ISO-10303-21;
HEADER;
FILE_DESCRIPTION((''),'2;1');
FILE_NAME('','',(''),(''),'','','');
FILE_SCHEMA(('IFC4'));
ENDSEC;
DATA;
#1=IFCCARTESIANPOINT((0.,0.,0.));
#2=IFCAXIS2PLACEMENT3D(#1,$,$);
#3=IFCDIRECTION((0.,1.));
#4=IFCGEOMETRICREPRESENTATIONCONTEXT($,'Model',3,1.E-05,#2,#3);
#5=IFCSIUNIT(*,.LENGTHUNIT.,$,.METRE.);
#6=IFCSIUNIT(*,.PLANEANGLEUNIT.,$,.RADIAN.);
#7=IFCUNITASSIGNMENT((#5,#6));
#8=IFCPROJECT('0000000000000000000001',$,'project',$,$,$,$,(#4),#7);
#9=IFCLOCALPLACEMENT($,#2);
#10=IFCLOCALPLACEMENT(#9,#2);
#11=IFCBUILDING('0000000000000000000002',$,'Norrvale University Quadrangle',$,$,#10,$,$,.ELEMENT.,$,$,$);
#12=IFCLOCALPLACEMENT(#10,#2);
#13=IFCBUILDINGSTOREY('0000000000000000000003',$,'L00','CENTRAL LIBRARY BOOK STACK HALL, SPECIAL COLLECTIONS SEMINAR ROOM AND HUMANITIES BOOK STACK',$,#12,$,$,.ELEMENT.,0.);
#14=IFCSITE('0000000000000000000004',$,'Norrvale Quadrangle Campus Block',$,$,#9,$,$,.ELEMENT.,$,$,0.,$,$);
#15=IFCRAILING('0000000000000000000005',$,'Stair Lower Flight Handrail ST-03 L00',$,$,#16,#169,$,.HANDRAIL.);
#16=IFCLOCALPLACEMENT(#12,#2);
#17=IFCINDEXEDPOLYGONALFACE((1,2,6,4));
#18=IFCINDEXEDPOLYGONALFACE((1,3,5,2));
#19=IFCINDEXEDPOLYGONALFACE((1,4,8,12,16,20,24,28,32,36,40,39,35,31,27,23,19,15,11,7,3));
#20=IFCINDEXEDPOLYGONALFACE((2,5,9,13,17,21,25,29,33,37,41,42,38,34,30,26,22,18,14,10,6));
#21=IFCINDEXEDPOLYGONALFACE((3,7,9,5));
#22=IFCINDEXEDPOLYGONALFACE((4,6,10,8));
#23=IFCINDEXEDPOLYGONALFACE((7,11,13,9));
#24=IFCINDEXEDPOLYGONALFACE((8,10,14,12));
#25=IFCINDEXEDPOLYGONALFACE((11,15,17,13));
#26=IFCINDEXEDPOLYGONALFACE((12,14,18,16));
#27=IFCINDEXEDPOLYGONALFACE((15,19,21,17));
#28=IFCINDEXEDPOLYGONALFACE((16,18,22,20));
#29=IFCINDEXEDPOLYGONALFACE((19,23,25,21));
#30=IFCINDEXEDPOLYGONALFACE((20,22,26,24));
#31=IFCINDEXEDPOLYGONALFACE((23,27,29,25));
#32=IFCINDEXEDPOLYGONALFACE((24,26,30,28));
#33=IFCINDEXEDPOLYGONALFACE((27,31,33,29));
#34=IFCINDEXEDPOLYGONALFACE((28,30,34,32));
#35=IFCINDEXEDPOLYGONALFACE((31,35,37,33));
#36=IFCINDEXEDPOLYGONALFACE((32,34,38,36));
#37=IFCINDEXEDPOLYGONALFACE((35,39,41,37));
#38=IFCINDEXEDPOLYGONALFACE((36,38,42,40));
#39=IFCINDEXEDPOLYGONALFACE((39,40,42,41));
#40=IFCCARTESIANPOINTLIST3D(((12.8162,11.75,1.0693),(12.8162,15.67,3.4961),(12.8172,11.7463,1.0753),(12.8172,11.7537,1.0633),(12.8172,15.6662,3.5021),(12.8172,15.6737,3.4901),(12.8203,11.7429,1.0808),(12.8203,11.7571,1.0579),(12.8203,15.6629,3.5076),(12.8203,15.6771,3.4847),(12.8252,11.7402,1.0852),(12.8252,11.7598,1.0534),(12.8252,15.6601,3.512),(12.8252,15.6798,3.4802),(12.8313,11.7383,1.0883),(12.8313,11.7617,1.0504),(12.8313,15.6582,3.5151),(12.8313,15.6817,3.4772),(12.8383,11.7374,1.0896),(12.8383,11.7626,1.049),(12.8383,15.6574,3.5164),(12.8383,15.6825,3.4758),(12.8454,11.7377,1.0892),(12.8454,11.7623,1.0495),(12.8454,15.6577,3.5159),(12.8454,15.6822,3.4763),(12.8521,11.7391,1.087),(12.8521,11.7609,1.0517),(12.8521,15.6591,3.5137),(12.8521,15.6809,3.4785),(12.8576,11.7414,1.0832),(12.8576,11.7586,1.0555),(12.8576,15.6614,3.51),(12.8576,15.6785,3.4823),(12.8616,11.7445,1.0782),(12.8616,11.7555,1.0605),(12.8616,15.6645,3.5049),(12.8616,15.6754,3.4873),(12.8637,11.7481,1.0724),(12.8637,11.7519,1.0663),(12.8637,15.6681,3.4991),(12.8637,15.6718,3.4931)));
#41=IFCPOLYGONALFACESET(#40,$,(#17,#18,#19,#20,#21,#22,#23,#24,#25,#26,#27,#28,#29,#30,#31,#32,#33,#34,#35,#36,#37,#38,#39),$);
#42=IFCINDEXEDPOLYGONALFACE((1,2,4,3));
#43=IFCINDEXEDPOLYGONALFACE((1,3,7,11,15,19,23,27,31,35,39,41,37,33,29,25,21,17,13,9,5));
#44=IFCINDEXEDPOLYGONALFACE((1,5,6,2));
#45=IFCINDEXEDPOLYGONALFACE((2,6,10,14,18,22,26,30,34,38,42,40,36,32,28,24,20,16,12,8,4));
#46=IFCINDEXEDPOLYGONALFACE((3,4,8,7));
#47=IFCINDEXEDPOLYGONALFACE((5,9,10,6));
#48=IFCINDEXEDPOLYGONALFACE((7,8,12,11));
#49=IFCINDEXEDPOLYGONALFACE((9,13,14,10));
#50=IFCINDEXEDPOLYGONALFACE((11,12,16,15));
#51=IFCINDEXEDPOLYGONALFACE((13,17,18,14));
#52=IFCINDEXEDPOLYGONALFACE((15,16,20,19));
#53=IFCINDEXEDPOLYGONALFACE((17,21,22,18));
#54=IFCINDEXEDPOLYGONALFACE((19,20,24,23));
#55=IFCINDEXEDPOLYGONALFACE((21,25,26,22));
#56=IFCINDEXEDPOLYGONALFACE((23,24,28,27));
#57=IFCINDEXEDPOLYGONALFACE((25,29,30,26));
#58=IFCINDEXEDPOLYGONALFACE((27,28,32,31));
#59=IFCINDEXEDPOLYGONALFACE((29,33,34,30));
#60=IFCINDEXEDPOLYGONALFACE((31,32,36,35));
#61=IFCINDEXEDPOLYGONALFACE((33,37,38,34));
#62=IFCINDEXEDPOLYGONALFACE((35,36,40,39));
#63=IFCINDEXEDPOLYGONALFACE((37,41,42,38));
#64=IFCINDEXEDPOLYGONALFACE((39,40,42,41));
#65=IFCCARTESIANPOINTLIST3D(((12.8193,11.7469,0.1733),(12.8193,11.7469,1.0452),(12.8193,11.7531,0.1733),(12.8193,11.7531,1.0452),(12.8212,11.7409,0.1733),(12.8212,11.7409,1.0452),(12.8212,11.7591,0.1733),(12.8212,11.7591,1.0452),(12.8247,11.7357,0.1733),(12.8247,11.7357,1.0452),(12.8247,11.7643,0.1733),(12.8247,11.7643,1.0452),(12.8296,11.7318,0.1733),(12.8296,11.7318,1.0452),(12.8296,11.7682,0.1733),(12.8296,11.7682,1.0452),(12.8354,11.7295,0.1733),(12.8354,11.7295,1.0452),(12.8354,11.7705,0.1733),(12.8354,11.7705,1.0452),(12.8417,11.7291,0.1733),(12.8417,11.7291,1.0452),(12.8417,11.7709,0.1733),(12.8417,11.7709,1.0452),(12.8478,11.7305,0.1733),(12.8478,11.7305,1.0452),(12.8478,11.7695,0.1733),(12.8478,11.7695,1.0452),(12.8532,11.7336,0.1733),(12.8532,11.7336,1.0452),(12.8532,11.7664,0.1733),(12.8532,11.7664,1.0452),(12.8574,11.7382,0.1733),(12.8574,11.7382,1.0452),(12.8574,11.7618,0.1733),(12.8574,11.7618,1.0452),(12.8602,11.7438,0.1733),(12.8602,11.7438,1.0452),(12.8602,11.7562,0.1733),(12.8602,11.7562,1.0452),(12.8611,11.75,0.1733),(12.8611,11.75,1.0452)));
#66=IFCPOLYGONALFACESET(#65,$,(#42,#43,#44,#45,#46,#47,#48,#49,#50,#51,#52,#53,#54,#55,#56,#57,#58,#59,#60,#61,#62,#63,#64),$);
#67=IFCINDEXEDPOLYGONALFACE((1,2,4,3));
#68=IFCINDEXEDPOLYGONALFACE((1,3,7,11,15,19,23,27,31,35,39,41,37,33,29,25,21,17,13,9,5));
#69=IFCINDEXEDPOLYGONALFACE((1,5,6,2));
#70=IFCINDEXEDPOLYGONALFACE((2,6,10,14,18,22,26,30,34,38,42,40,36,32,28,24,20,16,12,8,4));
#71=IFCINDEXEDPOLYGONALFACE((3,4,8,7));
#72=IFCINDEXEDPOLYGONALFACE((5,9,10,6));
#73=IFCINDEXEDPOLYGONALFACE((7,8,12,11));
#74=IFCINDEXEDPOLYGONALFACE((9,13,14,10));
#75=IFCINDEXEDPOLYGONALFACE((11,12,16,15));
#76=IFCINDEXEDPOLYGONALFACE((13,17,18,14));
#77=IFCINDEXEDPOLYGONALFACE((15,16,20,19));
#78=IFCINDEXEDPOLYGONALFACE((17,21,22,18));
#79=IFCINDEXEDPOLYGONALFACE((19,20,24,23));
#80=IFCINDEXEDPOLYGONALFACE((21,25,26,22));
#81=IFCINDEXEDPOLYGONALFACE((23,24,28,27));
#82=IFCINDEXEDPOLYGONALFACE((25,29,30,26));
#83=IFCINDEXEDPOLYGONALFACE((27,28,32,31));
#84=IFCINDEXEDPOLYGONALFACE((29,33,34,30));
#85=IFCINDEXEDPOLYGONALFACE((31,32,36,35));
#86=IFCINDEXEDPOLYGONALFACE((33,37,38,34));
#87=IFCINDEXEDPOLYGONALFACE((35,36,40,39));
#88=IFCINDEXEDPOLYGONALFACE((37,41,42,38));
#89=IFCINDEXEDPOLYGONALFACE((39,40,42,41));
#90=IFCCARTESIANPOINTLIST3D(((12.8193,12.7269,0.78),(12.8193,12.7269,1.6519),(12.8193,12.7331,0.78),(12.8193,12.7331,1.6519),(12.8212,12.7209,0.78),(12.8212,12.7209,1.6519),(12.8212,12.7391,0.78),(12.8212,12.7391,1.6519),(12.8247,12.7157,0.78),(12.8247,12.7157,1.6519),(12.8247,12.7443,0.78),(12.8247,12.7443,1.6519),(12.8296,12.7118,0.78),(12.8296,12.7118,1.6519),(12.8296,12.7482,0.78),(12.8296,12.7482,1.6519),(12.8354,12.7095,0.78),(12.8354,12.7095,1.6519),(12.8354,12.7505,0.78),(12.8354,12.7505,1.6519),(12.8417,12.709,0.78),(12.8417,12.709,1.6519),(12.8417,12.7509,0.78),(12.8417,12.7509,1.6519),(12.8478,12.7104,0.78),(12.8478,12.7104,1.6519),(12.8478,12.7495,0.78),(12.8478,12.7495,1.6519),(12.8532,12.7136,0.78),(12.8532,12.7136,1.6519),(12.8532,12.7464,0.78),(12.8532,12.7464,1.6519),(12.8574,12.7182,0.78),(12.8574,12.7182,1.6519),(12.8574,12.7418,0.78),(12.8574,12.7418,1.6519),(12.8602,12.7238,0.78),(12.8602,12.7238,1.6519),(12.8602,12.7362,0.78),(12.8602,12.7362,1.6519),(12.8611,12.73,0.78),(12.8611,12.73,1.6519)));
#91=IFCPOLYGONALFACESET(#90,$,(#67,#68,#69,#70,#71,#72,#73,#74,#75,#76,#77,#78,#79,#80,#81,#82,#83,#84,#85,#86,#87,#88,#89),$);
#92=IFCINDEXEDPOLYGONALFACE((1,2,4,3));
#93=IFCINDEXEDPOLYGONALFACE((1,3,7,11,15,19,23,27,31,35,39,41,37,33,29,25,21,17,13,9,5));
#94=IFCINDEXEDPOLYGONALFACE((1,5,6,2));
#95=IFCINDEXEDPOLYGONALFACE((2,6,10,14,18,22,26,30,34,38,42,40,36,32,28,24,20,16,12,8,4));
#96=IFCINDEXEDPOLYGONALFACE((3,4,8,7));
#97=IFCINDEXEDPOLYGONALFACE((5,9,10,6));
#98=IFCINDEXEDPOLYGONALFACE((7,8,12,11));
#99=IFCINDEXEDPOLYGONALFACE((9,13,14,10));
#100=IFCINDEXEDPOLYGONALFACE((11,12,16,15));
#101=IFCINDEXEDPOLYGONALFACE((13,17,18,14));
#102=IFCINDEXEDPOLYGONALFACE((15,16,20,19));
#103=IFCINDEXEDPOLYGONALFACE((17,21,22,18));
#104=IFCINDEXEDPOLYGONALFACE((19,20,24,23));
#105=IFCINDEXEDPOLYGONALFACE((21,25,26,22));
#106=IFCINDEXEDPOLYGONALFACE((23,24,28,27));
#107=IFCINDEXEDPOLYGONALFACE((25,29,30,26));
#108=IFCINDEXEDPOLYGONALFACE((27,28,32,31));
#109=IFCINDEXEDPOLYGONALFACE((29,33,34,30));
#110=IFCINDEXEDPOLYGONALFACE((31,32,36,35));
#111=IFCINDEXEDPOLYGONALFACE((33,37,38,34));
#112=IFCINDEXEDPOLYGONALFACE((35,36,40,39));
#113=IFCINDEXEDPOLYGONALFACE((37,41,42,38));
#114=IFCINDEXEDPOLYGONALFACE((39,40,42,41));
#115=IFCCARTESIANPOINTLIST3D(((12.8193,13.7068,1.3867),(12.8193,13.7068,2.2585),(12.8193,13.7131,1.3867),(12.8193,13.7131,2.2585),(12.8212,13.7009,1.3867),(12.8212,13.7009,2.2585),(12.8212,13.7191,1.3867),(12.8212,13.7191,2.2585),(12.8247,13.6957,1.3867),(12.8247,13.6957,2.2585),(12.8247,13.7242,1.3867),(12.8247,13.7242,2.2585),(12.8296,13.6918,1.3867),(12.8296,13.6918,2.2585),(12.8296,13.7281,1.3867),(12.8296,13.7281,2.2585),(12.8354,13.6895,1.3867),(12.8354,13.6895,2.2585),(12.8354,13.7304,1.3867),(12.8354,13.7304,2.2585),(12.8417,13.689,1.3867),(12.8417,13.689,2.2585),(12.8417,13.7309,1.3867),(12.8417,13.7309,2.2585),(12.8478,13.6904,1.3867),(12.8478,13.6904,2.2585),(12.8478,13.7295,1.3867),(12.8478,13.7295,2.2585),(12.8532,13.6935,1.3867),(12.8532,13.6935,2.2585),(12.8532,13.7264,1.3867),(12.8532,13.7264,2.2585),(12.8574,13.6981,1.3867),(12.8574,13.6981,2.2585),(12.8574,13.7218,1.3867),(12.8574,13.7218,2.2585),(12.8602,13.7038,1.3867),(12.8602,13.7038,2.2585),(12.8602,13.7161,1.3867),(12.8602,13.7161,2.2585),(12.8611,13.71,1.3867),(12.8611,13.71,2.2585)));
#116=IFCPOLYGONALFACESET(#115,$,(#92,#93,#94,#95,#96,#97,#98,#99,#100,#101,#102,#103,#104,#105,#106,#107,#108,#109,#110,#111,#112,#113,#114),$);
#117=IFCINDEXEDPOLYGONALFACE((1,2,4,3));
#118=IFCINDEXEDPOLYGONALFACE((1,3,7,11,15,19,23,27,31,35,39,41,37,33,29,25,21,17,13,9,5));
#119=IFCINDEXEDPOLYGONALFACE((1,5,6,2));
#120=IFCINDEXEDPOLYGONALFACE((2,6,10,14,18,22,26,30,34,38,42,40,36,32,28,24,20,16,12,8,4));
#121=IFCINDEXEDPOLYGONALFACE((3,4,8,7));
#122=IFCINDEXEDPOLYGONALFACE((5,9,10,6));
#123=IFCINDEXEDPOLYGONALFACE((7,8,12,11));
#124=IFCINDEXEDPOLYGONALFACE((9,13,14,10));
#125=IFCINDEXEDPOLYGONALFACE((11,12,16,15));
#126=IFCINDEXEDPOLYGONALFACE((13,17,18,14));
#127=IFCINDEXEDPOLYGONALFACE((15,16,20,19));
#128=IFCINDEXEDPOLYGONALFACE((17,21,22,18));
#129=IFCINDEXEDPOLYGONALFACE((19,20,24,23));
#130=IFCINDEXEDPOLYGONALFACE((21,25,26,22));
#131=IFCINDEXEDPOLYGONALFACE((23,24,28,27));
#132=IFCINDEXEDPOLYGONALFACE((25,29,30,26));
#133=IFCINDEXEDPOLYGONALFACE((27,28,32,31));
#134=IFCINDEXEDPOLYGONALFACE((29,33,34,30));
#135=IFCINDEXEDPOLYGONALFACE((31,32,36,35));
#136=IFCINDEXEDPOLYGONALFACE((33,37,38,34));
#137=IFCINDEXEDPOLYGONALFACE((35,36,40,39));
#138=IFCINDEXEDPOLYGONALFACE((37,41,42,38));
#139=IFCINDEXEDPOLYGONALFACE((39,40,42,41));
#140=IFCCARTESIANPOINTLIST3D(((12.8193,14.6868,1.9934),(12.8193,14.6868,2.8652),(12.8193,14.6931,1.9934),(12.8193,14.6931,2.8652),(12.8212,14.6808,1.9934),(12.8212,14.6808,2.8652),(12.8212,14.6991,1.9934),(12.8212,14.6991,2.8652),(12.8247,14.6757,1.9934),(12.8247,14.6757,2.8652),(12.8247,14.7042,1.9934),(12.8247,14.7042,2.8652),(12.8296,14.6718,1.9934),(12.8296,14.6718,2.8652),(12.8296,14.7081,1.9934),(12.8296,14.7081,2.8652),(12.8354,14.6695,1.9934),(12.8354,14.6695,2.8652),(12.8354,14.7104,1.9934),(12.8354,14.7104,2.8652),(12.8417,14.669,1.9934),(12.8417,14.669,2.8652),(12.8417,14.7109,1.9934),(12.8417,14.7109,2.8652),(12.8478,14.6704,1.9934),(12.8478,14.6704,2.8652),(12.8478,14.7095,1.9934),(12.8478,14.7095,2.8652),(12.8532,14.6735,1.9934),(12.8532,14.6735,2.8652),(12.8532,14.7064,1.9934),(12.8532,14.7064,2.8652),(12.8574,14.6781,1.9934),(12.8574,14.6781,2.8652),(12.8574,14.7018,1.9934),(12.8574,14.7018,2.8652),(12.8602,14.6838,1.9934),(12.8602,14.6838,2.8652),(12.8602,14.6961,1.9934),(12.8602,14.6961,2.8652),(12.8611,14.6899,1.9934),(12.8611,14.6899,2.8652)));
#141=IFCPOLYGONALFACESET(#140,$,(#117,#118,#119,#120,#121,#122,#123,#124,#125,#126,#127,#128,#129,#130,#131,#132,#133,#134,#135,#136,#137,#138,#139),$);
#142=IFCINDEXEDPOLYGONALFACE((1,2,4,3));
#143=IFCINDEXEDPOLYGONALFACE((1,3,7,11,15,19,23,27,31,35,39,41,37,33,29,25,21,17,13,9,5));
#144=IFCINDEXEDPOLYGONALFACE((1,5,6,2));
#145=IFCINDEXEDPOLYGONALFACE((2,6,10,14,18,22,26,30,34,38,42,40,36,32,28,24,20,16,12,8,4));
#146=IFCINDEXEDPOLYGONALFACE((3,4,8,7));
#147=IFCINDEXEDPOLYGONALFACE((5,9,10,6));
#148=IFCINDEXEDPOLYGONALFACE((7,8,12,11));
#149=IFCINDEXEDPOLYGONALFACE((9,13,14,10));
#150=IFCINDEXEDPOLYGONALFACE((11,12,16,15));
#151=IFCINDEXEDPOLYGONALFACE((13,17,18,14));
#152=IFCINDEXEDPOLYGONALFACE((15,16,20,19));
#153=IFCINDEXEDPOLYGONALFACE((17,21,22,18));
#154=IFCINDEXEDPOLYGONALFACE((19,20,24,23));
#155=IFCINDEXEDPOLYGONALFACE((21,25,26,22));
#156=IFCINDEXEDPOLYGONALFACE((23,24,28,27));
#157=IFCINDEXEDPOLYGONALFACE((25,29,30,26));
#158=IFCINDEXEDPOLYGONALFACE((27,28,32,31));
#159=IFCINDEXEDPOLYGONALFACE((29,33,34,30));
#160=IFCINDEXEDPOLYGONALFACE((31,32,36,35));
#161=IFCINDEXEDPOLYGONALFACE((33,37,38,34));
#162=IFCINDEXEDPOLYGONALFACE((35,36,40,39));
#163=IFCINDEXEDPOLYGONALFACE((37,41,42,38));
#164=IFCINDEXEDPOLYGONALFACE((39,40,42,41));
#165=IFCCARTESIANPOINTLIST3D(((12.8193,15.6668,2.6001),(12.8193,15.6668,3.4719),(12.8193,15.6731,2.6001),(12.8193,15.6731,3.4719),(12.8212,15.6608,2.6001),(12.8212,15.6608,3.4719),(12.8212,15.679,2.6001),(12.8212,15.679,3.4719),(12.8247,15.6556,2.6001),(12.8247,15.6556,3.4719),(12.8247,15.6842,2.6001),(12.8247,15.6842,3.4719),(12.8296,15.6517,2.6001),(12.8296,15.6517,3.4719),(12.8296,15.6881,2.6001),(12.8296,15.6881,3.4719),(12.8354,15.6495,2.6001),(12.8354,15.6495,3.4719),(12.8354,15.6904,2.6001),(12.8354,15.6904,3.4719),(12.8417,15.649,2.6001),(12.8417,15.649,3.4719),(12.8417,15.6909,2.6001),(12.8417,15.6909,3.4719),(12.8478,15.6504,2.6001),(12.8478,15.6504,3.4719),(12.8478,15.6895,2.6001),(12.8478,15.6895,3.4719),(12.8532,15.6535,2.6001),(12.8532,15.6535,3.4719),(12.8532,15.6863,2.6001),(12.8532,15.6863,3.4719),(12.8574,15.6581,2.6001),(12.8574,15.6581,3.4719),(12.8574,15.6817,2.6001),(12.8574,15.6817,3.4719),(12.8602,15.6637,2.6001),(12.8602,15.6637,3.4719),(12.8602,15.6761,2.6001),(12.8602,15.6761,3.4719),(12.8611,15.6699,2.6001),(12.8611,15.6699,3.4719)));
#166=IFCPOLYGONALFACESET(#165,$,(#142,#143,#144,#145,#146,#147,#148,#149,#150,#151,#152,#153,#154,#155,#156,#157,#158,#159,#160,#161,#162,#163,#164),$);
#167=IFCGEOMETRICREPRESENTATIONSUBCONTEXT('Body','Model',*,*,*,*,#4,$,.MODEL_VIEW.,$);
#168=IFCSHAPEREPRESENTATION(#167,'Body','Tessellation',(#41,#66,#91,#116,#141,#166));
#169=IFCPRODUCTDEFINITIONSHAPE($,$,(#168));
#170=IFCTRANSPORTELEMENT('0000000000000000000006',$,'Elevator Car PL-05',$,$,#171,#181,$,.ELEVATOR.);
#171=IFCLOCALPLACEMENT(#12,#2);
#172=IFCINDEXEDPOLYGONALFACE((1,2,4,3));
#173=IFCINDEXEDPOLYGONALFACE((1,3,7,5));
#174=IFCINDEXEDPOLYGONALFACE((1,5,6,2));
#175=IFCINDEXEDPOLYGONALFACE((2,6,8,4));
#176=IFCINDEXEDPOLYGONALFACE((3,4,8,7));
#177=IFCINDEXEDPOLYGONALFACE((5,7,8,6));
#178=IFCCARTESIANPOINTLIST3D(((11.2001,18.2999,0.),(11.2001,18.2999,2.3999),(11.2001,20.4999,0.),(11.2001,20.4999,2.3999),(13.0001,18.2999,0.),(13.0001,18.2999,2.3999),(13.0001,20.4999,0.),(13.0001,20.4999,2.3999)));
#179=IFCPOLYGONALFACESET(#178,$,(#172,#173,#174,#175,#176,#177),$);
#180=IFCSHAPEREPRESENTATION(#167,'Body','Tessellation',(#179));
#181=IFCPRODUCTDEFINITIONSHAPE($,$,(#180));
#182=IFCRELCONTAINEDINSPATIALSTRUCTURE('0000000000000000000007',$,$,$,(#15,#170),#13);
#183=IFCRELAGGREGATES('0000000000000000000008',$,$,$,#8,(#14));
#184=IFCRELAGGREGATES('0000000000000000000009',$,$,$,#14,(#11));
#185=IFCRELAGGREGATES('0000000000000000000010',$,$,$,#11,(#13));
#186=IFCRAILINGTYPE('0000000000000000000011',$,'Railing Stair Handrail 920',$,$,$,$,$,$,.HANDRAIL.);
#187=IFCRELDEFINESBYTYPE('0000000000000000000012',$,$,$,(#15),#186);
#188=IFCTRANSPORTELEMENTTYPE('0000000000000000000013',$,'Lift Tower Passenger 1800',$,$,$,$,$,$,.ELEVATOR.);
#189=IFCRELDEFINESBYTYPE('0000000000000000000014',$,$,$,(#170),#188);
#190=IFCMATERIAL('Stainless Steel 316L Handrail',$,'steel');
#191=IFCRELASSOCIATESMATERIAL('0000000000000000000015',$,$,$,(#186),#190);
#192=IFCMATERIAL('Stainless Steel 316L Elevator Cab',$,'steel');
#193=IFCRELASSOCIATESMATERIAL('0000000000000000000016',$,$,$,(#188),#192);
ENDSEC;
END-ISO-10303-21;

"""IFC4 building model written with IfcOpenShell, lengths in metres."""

from ifc_helpers import new_model, si_unit, direction, frame, origin, origin_2d, place, context, subcontext, project, spatial, rectangle, circle, extrude, material, type_object, element, save


model = new_model("IFC4")

# Units and contexts
model_context = context("Model", 3, precision=1e-05, world=origin(), true_north=direction((0.0, 1.0)))
body_context = subcontext(model_context, "Body", "Model", "MODEL_VIEW")
ifc_project = project(units=[si_unit("LENGTHUNIT", "METRE"), si_unit("PLANEANGLEUNIT", "RADIAN")], contexts=[model_context])

# Site, building, storey
site_placement = place(None, origin())
site = spatial("IfcSite", under=ifc_project, at=site_placement, Name="Norrvale Quadrangle Campus Block", CompositionType="ELEMENT", RefElevation=0.0)
building_placement = place(site_placement, origin())
building = spatial("IfcBuilding", under=site, at=building_placement, Name="Norrvale University Quadrangle", CompositionType="ELEMENT")
storey_placement = place(building_placement, origin())
storey = spatial("IfcBuildingStorey", under=building, at=storey_placement, Name="L00", Description="CENTRAL LIBRARY BOOK STACK HALL, SPECIAL COLLECTIONS SEMINAR ROOM AND HUMANITIES BOOK STACK", CompositionType="ELEMENT", Elevation=0.0)

# Railing
ifc_material_1 = material(Name="Stainless Steel 316L Handrail", Category="steel")
railing_type_1 = type_object("IfcRailingType", Name="Railing Stair Handrail 920", PredefinedType="HANDRAIL", material=ifc_material_1)
railing_1_placement = place(storey_placement, frame((12.8401, 11.75, 0.1733)))
element("IfcRailing", 1, at=railing_1_placement, inside=storey, type_object=railing_type_1, Name="Stair Lower Flight Handrail ST-03 L00", PredefinedType="HANDRAIL", context=body_context, shape_type="SweptSolid", body=[
    extrude(circle(Radius=0.0239, at=origin_2d()), frame((0.0, 0.0, 0.896), z_axis=(0.0, 0.850252, 0.526376), x_axis=(-1.0, 0.0, 0.0)), (0.0, 0.0, 1.0), 4.6104),
    extrude(circle(Radius=0.021, at=origin_2d()), origin(), (0.0, 0.0, 1.0), 0.8718),
    extrude(circle(Radius=0.021, at=origin_2d()), frame((0.0, 0.98, 0.6067)), (0.0, 0.0, 1.0), 0.8718),
    extrude(circle(Radius=0.021, at=origin_2d()), frame((0.0, 1.96, 1.2134)), (0.0, 0.0, 1.0), 0.8718),
    extrude(circle(Radius=0.021, at=origin_2d()), frame((0.0, 2.9399, 1.8201)), (0.0, 0.0, 1.0), 0.8718),
    extrude(circle(Radius=0.021, at=origin_2d()), frame((0.0, 3.9199, 2.4268)), (0.0, 0.0, 1.0), 0.8718),
])

# Transport element
ifc_material_2 = material(Name="Stainless Steel 316L Elevator Cab", Category="steel")
transport_element_type = type_object("IfcTransportElementType", Name="Lift Tower Passenger 1800", PredefinedType="ELEVATOR", material=ifc_material_2)
transport_element_placement = place(storey_placement, frame((12.1001, 19.3999, 0.0), z_axis=(0.0, 0.0, 1.0), x_axis=(1.0, 0.0, 0.0)))
element("IfcTransportElement", 2, at=transport_element_placement, inside=storey, type_object=transport_element_type, Name="Elevator Car PL-05", PredefinedType="ELEVATOR", context=body_context, shape_type="SweptSolid", body=[
    extrude(rectangle(XDim=1.8, YDim=2.2, at=origin_2d()), origin(), (0.0, 0.0, 1.0), 2.3999),
])

save(model, "model.ifc")
